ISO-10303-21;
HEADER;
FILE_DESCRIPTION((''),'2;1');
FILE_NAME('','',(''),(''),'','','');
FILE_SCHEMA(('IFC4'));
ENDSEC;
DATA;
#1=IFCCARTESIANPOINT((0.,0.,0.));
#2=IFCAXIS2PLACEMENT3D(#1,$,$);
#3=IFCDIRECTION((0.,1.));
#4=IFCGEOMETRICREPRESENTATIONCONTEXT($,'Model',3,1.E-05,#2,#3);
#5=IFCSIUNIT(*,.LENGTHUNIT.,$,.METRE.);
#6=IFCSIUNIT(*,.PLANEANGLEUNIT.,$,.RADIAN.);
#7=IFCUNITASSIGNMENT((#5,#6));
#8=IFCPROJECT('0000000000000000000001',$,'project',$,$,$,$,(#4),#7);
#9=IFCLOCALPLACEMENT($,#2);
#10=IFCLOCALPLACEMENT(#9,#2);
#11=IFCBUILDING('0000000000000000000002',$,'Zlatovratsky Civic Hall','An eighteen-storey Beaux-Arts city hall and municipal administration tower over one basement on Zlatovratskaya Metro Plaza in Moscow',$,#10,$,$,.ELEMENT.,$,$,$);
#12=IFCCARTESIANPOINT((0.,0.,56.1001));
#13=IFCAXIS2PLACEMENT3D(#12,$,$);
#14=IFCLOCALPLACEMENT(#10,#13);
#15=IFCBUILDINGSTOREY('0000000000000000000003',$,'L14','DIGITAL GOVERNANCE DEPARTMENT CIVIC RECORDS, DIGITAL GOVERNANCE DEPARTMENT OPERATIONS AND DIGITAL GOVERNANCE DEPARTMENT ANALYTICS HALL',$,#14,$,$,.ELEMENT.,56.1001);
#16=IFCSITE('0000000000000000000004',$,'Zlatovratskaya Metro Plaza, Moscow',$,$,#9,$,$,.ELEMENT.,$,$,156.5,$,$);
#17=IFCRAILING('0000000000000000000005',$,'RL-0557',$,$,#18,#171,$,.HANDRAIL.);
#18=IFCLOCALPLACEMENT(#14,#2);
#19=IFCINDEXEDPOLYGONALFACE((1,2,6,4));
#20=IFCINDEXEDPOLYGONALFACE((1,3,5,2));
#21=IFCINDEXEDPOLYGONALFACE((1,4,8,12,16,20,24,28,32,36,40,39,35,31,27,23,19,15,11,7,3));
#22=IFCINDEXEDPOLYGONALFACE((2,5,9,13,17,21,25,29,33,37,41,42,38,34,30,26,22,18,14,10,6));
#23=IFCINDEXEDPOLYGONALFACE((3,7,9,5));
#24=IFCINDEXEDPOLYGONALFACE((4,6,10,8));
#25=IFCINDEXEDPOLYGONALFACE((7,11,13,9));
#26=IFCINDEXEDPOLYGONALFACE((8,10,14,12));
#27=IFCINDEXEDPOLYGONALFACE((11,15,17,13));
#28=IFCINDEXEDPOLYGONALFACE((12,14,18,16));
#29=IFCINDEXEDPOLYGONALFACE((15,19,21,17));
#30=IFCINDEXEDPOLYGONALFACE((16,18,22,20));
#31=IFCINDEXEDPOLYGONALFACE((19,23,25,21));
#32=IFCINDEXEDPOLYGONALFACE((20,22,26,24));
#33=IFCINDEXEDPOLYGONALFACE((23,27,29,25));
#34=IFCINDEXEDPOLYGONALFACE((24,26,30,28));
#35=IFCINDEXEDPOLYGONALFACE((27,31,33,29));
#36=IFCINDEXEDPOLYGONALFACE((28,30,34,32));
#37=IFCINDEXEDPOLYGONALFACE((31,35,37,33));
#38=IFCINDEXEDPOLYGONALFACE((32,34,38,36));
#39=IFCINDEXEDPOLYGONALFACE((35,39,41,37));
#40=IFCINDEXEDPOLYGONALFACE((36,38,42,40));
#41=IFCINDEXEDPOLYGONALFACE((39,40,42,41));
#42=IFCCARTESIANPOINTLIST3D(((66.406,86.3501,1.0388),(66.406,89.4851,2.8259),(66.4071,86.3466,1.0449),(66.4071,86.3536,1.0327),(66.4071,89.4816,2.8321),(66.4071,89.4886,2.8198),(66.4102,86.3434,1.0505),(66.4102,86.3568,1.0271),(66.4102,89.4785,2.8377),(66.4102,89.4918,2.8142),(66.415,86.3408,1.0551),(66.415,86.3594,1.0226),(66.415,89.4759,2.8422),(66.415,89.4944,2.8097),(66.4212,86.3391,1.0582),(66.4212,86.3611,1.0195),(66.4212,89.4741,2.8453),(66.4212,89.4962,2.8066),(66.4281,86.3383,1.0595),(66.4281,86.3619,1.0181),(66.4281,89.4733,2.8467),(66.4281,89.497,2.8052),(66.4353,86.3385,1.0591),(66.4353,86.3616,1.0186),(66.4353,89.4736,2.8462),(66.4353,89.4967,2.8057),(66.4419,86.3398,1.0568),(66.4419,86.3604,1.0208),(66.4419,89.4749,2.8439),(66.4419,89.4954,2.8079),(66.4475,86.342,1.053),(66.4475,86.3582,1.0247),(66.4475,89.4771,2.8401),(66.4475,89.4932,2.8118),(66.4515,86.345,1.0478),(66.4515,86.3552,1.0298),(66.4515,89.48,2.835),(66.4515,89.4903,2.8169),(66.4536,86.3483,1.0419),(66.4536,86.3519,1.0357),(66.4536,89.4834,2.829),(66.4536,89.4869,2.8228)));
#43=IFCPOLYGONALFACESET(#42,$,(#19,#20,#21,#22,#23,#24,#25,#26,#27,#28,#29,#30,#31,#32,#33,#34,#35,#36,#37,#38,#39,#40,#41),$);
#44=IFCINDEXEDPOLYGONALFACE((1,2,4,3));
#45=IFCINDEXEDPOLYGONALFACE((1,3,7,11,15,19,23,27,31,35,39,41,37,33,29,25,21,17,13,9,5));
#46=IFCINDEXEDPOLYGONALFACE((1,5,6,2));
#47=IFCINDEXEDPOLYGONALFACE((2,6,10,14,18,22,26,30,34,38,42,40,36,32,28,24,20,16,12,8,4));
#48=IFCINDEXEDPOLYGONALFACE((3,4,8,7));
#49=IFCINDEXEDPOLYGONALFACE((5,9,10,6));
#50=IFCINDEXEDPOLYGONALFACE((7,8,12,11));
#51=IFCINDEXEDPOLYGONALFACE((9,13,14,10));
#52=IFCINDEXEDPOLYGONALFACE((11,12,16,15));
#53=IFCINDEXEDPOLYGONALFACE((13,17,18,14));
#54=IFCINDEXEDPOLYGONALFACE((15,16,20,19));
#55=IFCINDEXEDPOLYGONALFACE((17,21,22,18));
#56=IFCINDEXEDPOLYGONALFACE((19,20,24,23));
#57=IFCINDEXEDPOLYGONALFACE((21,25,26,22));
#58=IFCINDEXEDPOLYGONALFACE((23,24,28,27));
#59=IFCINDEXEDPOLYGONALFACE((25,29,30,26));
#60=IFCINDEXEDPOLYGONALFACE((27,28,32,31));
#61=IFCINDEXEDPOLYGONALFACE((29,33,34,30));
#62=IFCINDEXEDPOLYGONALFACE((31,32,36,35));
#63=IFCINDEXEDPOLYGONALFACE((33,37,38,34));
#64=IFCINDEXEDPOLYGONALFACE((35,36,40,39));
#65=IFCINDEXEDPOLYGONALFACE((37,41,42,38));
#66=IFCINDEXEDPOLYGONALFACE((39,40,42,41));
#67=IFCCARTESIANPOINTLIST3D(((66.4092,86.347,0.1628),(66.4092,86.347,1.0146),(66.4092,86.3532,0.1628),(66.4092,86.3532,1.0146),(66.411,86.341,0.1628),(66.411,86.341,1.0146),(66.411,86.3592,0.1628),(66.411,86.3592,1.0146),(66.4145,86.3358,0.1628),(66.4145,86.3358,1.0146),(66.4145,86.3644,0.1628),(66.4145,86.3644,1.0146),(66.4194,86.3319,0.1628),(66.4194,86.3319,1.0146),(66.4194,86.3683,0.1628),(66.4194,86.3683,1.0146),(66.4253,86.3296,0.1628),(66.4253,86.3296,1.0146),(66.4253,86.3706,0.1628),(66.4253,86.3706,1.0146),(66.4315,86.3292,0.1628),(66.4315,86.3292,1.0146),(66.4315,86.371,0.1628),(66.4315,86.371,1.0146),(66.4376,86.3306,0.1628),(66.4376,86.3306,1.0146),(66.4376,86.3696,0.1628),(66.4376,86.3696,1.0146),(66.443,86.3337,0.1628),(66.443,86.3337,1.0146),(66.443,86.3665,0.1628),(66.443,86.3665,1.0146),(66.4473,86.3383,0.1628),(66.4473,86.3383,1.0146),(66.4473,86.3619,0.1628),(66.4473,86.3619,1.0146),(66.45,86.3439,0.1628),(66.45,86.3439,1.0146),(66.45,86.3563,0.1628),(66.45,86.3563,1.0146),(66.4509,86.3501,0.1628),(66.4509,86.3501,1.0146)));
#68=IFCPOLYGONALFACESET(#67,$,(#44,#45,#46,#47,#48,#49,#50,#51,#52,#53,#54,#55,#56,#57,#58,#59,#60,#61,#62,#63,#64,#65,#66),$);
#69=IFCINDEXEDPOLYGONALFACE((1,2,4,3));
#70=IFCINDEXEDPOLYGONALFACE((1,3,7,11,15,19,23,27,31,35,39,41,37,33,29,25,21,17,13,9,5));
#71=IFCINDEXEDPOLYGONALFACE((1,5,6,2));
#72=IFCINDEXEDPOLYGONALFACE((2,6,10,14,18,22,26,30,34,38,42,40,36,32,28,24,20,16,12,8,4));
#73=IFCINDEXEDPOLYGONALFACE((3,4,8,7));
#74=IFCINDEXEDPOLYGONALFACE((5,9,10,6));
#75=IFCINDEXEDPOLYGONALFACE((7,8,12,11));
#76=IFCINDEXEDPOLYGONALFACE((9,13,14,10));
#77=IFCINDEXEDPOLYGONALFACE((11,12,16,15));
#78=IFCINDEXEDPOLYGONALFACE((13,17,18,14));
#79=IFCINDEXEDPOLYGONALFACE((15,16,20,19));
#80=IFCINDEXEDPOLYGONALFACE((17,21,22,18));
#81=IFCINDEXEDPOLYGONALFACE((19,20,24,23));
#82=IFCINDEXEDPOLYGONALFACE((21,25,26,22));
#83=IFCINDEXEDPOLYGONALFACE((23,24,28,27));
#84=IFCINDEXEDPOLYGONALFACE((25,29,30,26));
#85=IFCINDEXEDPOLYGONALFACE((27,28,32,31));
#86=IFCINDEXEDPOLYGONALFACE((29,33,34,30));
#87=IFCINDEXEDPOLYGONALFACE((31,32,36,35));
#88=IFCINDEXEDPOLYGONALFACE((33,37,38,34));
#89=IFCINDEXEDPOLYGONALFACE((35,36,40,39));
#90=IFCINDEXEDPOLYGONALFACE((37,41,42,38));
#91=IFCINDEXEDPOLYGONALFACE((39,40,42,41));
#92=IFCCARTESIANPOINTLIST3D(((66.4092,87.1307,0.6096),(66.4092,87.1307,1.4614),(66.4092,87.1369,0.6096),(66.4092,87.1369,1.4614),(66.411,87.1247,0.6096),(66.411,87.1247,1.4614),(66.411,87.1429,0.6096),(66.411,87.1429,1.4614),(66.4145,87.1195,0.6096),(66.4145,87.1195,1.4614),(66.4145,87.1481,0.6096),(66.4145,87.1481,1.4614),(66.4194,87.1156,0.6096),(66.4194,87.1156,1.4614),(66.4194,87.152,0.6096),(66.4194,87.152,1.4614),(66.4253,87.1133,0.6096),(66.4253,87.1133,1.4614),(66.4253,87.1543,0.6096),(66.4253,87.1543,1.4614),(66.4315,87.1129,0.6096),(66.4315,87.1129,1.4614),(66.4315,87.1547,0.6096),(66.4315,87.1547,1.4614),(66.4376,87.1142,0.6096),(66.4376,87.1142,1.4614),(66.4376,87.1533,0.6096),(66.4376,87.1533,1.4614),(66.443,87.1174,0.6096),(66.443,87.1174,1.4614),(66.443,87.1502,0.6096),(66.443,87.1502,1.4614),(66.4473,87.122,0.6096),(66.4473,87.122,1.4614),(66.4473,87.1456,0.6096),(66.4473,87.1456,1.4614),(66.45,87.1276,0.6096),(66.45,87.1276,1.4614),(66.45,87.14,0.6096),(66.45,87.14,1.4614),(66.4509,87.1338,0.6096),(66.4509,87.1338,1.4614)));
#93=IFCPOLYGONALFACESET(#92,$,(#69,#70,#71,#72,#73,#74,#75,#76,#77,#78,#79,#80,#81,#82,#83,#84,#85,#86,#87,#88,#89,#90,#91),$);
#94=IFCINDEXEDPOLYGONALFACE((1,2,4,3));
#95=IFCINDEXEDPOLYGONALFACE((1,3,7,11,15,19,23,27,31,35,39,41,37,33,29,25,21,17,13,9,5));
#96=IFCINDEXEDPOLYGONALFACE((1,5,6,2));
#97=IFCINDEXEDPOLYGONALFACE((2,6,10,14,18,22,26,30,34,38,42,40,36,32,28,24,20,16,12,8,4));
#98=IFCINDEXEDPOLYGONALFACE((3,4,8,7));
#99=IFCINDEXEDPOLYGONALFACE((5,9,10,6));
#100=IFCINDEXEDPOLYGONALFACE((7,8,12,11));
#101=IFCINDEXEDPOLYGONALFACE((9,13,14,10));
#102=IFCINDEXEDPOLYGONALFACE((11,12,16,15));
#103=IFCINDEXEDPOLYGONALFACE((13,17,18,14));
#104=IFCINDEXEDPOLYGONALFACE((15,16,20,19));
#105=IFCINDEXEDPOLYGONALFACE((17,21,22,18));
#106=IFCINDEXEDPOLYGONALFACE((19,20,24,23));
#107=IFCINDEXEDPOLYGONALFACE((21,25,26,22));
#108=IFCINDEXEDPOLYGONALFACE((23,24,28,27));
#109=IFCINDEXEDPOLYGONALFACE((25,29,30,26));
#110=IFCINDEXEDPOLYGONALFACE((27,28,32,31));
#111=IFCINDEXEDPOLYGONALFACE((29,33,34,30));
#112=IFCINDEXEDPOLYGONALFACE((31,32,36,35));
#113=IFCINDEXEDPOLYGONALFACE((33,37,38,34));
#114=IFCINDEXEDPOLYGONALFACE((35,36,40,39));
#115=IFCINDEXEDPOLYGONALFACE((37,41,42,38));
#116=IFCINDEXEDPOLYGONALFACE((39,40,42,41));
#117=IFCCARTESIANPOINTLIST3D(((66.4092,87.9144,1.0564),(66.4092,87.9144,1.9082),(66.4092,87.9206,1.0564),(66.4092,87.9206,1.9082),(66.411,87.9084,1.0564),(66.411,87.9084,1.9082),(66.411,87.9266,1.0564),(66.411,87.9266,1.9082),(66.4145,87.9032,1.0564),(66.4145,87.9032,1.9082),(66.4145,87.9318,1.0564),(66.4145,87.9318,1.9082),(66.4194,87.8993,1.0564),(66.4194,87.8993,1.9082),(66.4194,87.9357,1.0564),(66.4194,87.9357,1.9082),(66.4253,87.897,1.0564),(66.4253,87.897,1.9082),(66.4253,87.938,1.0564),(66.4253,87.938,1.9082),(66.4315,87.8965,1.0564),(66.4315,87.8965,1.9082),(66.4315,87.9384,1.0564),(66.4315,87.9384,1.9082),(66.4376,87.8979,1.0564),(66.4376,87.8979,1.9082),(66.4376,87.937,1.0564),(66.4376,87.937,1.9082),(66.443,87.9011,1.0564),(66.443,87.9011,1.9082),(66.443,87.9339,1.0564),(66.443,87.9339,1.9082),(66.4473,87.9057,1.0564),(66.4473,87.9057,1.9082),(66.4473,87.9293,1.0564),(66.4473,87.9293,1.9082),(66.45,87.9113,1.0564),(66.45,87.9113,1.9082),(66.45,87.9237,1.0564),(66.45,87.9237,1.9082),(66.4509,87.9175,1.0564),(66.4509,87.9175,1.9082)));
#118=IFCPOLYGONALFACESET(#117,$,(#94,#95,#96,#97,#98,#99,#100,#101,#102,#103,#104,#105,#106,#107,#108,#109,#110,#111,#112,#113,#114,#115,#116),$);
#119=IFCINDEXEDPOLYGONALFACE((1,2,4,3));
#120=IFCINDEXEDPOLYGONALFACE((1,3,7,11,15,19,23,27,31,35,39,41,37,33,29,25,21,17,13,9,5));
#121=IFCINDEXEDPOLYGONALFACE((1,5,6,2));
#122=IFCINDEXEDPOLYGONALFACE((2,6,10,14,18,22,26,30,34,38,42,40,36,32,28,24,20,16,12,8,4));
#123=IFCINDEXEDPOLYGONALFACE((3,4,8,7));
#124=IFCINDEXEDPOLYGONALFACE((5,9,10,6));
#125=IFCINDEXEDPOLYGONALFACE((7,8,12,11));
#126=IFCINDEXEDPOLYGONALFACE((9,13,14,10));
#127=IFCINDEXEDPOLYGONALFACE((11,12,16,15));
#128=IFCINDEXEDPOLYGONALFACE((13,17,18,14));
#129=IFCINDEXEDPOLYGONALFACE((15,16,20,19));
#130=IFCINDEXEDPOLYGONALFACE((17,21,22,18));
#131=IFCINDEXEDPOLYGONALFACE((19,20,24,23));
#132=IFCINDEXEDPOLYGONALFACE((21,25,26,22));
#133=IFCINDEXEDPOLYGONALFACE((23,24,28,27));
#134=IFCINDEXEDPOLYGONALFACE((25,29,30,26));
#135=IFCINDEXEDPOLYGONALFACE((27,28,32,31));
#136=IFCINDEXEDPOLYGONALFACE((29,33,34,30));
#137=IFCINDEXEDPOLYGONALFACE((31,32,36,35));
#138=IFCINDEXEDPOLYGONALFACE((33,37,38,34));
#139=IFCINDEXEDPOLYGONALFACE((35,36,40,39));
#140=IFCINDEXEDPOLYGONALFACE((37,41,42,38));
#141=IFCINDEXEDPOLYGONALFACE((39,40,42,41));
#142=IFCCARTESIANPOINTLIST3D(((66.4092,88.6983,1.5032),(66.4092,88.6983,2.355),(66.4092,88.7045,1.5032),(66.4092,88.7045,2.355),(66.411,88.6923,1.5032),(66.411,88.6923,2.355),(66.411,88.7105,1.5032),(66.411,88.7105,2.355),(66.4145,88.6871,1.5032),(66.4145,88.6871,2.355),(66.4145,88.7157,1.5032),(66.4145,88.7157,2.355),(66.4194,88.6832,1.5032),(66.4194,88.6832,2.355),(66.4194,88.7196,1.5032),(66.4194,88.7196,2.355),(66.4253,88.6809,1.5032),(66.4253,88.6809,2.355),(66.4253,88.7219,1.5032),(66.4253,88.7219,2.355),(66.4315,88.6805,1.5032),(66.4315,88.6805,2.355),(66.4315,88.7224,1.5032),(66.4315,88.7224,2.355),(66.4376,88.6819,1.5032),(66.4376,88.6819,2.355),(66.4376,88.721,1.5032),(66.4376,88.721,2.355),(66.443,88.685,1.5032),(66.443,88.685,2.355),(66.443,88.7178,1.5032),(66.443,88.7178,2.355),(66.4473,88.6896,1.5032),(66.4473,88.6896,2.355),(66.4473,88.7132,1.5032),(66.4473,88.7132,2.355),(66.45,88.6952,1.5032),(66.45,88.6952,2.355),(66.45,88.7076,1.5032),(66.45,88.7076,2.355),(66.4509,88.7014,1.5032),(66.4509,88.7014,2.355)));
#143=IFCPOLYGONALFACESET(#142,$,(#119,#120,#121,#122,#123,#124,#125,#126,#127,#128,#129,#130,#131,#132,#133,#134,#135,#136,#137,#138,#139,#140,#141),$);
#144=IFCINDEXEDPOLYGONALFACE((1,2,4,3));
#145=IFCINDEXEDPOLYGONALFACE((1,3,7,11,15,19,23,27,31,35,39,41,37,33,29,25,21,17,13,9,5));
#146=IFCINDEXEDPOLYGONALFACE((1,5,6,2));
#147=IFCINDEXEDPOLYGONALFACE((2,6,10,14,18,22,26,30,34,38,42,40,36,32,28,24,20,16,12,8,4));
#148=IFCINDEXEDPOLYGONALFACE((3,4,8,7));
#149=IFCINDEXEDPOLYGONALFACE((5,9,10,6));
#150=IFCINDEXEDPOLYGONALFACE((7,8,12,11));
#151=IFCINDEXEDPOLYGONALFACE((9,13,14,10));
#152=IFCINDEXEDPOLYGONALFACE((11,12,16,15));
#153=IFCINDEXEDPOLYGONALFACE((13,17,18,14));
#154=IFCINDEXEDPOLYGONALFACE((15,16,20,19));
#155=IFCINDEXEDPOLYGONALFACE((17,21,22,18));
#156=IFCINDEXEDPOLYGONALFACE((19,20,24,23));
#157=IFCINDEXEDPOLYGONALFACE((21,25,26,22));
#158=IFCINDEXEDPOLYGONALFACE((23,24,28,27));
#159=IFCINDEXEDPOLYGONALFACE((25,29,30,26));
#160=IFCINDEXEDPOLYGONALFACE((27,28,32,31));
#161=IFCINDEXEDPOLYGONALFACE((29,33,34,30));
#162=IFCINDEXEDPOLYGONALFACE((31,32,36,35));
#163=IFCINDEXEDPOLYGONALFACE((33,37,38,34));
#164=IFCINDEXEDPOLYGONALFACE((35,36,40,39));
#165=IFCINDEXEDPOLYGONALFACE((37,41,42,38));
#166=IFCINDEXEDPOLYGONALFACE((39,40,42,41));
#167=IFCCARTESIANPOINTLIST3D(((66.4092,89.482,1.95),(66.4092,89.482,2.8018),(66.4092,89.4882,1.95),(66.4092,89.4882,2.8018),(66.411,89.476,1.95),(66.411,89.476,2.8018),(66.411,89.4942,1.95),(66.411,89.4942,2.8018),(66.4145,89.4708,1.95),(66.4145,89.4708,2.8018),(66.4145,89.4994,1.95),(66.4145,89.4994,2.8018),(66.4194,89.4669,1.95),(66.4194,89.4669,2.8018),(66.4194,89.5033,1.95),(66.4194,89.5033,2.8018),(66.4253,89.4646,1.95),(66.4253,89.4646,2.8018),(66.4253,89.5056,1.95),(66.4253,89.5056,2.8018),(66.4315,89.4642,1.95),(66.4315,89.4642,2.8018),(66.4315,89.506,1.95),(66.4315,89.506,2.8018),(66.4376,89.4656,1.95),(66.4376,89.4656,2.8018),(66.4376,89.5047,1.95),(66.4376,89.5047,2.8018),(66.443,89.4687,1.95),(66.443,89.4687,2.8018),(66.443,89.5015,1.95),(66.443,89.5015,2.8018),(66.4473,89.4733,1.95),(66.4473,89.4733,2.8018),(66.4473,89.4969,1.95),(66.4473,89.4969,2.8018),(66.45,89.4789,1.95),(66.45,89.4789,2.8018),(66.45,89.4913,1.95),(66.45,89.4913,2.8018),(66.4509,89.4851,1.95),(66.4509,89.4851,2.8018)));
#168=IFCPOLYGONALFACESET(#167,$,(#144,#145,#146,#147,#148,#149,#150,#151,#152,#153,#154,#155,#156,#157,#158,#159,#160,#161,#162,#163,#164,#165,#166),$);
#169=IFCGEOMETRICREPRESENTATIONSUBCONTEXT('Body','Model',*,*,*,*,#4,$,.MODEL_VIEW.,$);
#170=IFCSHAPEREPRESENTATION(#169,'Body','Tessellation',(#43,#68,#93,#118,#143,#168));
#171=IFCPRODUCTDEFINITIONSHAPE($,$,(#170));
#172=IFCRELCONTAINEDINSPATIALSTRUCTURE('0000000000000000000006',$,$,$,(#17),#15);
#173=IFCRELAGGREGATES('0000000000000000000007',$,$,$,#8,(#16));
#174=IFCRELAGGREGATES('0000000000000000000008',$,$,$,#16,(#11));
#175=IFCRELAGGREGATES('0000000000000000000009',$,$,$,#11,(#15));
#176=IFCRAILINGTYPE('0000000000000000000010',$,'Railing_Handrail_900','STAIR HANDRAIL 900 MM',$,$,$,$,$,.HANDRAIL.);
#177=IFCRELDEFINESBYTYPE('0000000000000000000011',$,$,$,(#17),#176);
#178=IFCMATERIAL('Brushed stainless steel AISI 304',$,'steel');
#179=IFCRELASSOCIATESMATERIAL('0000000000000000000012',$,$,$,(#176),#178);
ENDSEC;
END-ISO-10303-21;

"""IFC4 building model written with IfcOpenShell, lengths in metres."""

from ifc_helpers import new_model, si_unit, direction, frame, origin, origin_2d, place, context, subcontext, project, spatial, circle, extrude, material, type_object, element, save


model = new_model("IFC4")

# Units and contexts
model_context = context("Model", 3, precision=1e-05, world=origin(), true_north=direction((0.0, 1.0)))
body_context = subcontext(model_context, "Body", "Model", "MODEL_VIEW")
ifc_project = project(units=[si_unit("LENGTHUNIT", "METRE"), si_unit("PLANEANGLEUNIT", "RADIAN")], contexts=[model_context])

# Site, building, storey
site_placement = place(None, origin())
site = spatial("IfcSite", under=ifc_project, at=site_placement, Name="Zlatovratskaya Metro Plaza, Moscow", CompositionType="ELEMENT", RefElevation=156.5)
building_placement = place(site_placement, origin())
building = spatial("IfcBuilding", under=site, at=building_placement, Name="Zlatovratsky Civic Hall", Description="An eighteen-storey Beaux-Arts city hall and municipal administration tower over one basement on Zlatovratskaya Metro Plaza in Moscow", CompositionType="ELEMENT")
storey_placement = place(building_placement, frame((0.0, 0.0, 56.1001)))
storey = spatial("IfcBuildingStorey", under=building, at=storey_placement, Name="L14", Description="DIGITAL GOVERNANCE DEPARTMENT CIVIC RECORDS, DIGITAL GOVERNANCE DEPARTMENT OPERATIONS AND DIGITAL GOVERNANCE DEPARTMENT ANALYTICS HALL", CompositionType="ELEMENT", Elevation=56.1001)

# Railing
ifc_material_1 = material(Name="Brushed stainless steel AISI 304", Category="steel")
railing_type_1 = type_object("IfcRailingType", Name="Railing_Handrail_900", Description="STAIR HANDRAIL 900 MM", PredefinedType="HANDRAIL", material=ifc_material_1)
railing_1_placement = place(storey_placement, frame((66.4299, 86.3501, 0.1628)))
element("IfcRailing", 1, at=railing_1_placement, inside=storey, type_object=railing_type_1, Name="RL-0557", PredefinedType="HANDRAIL", context=body_context, shape_type="SweptSolid", body=[
    extrude(circle(Radius=0.0239, at=origin_2d()), frame((0.0, 0.0, 0.876), z_axis=(0.0, 0.868759, 0.495235), x_axis=(-1.0, 0.0, 0.0)), (0.0, 0.0, 1.0), 3.6086),
    extrude(circle(Radius=0.021, at=origin_2d()), origin(), (0.0, 0.0, 1.0), 0.8518),
    extrude(circle(Radius=0.021, at=origin_2d()), frame((0.0, 0.7837, 0.4468)), (0.0, 0.0, 1.0), 0.8518),
    extrude(circle(Radius=0.021, at=origin_2d()), frame((0.0, 1.5674, 0.8936)), (0.0, 0.0, 1.0), 0.8518),
    extrude(circle(Radius=0.021, at=origin_2d()), frame((0.0, 2.3513, 1.3403)), (0.0, 0.0, 1.0), 0.8518),
    extrude(circle(Radius=0.021, at=origin_2d()), frame((0.0, 3.135, 1.7871)), (0.0, 0.0, 1.0), 0.8518),
])

save(model, "model.ifc")
